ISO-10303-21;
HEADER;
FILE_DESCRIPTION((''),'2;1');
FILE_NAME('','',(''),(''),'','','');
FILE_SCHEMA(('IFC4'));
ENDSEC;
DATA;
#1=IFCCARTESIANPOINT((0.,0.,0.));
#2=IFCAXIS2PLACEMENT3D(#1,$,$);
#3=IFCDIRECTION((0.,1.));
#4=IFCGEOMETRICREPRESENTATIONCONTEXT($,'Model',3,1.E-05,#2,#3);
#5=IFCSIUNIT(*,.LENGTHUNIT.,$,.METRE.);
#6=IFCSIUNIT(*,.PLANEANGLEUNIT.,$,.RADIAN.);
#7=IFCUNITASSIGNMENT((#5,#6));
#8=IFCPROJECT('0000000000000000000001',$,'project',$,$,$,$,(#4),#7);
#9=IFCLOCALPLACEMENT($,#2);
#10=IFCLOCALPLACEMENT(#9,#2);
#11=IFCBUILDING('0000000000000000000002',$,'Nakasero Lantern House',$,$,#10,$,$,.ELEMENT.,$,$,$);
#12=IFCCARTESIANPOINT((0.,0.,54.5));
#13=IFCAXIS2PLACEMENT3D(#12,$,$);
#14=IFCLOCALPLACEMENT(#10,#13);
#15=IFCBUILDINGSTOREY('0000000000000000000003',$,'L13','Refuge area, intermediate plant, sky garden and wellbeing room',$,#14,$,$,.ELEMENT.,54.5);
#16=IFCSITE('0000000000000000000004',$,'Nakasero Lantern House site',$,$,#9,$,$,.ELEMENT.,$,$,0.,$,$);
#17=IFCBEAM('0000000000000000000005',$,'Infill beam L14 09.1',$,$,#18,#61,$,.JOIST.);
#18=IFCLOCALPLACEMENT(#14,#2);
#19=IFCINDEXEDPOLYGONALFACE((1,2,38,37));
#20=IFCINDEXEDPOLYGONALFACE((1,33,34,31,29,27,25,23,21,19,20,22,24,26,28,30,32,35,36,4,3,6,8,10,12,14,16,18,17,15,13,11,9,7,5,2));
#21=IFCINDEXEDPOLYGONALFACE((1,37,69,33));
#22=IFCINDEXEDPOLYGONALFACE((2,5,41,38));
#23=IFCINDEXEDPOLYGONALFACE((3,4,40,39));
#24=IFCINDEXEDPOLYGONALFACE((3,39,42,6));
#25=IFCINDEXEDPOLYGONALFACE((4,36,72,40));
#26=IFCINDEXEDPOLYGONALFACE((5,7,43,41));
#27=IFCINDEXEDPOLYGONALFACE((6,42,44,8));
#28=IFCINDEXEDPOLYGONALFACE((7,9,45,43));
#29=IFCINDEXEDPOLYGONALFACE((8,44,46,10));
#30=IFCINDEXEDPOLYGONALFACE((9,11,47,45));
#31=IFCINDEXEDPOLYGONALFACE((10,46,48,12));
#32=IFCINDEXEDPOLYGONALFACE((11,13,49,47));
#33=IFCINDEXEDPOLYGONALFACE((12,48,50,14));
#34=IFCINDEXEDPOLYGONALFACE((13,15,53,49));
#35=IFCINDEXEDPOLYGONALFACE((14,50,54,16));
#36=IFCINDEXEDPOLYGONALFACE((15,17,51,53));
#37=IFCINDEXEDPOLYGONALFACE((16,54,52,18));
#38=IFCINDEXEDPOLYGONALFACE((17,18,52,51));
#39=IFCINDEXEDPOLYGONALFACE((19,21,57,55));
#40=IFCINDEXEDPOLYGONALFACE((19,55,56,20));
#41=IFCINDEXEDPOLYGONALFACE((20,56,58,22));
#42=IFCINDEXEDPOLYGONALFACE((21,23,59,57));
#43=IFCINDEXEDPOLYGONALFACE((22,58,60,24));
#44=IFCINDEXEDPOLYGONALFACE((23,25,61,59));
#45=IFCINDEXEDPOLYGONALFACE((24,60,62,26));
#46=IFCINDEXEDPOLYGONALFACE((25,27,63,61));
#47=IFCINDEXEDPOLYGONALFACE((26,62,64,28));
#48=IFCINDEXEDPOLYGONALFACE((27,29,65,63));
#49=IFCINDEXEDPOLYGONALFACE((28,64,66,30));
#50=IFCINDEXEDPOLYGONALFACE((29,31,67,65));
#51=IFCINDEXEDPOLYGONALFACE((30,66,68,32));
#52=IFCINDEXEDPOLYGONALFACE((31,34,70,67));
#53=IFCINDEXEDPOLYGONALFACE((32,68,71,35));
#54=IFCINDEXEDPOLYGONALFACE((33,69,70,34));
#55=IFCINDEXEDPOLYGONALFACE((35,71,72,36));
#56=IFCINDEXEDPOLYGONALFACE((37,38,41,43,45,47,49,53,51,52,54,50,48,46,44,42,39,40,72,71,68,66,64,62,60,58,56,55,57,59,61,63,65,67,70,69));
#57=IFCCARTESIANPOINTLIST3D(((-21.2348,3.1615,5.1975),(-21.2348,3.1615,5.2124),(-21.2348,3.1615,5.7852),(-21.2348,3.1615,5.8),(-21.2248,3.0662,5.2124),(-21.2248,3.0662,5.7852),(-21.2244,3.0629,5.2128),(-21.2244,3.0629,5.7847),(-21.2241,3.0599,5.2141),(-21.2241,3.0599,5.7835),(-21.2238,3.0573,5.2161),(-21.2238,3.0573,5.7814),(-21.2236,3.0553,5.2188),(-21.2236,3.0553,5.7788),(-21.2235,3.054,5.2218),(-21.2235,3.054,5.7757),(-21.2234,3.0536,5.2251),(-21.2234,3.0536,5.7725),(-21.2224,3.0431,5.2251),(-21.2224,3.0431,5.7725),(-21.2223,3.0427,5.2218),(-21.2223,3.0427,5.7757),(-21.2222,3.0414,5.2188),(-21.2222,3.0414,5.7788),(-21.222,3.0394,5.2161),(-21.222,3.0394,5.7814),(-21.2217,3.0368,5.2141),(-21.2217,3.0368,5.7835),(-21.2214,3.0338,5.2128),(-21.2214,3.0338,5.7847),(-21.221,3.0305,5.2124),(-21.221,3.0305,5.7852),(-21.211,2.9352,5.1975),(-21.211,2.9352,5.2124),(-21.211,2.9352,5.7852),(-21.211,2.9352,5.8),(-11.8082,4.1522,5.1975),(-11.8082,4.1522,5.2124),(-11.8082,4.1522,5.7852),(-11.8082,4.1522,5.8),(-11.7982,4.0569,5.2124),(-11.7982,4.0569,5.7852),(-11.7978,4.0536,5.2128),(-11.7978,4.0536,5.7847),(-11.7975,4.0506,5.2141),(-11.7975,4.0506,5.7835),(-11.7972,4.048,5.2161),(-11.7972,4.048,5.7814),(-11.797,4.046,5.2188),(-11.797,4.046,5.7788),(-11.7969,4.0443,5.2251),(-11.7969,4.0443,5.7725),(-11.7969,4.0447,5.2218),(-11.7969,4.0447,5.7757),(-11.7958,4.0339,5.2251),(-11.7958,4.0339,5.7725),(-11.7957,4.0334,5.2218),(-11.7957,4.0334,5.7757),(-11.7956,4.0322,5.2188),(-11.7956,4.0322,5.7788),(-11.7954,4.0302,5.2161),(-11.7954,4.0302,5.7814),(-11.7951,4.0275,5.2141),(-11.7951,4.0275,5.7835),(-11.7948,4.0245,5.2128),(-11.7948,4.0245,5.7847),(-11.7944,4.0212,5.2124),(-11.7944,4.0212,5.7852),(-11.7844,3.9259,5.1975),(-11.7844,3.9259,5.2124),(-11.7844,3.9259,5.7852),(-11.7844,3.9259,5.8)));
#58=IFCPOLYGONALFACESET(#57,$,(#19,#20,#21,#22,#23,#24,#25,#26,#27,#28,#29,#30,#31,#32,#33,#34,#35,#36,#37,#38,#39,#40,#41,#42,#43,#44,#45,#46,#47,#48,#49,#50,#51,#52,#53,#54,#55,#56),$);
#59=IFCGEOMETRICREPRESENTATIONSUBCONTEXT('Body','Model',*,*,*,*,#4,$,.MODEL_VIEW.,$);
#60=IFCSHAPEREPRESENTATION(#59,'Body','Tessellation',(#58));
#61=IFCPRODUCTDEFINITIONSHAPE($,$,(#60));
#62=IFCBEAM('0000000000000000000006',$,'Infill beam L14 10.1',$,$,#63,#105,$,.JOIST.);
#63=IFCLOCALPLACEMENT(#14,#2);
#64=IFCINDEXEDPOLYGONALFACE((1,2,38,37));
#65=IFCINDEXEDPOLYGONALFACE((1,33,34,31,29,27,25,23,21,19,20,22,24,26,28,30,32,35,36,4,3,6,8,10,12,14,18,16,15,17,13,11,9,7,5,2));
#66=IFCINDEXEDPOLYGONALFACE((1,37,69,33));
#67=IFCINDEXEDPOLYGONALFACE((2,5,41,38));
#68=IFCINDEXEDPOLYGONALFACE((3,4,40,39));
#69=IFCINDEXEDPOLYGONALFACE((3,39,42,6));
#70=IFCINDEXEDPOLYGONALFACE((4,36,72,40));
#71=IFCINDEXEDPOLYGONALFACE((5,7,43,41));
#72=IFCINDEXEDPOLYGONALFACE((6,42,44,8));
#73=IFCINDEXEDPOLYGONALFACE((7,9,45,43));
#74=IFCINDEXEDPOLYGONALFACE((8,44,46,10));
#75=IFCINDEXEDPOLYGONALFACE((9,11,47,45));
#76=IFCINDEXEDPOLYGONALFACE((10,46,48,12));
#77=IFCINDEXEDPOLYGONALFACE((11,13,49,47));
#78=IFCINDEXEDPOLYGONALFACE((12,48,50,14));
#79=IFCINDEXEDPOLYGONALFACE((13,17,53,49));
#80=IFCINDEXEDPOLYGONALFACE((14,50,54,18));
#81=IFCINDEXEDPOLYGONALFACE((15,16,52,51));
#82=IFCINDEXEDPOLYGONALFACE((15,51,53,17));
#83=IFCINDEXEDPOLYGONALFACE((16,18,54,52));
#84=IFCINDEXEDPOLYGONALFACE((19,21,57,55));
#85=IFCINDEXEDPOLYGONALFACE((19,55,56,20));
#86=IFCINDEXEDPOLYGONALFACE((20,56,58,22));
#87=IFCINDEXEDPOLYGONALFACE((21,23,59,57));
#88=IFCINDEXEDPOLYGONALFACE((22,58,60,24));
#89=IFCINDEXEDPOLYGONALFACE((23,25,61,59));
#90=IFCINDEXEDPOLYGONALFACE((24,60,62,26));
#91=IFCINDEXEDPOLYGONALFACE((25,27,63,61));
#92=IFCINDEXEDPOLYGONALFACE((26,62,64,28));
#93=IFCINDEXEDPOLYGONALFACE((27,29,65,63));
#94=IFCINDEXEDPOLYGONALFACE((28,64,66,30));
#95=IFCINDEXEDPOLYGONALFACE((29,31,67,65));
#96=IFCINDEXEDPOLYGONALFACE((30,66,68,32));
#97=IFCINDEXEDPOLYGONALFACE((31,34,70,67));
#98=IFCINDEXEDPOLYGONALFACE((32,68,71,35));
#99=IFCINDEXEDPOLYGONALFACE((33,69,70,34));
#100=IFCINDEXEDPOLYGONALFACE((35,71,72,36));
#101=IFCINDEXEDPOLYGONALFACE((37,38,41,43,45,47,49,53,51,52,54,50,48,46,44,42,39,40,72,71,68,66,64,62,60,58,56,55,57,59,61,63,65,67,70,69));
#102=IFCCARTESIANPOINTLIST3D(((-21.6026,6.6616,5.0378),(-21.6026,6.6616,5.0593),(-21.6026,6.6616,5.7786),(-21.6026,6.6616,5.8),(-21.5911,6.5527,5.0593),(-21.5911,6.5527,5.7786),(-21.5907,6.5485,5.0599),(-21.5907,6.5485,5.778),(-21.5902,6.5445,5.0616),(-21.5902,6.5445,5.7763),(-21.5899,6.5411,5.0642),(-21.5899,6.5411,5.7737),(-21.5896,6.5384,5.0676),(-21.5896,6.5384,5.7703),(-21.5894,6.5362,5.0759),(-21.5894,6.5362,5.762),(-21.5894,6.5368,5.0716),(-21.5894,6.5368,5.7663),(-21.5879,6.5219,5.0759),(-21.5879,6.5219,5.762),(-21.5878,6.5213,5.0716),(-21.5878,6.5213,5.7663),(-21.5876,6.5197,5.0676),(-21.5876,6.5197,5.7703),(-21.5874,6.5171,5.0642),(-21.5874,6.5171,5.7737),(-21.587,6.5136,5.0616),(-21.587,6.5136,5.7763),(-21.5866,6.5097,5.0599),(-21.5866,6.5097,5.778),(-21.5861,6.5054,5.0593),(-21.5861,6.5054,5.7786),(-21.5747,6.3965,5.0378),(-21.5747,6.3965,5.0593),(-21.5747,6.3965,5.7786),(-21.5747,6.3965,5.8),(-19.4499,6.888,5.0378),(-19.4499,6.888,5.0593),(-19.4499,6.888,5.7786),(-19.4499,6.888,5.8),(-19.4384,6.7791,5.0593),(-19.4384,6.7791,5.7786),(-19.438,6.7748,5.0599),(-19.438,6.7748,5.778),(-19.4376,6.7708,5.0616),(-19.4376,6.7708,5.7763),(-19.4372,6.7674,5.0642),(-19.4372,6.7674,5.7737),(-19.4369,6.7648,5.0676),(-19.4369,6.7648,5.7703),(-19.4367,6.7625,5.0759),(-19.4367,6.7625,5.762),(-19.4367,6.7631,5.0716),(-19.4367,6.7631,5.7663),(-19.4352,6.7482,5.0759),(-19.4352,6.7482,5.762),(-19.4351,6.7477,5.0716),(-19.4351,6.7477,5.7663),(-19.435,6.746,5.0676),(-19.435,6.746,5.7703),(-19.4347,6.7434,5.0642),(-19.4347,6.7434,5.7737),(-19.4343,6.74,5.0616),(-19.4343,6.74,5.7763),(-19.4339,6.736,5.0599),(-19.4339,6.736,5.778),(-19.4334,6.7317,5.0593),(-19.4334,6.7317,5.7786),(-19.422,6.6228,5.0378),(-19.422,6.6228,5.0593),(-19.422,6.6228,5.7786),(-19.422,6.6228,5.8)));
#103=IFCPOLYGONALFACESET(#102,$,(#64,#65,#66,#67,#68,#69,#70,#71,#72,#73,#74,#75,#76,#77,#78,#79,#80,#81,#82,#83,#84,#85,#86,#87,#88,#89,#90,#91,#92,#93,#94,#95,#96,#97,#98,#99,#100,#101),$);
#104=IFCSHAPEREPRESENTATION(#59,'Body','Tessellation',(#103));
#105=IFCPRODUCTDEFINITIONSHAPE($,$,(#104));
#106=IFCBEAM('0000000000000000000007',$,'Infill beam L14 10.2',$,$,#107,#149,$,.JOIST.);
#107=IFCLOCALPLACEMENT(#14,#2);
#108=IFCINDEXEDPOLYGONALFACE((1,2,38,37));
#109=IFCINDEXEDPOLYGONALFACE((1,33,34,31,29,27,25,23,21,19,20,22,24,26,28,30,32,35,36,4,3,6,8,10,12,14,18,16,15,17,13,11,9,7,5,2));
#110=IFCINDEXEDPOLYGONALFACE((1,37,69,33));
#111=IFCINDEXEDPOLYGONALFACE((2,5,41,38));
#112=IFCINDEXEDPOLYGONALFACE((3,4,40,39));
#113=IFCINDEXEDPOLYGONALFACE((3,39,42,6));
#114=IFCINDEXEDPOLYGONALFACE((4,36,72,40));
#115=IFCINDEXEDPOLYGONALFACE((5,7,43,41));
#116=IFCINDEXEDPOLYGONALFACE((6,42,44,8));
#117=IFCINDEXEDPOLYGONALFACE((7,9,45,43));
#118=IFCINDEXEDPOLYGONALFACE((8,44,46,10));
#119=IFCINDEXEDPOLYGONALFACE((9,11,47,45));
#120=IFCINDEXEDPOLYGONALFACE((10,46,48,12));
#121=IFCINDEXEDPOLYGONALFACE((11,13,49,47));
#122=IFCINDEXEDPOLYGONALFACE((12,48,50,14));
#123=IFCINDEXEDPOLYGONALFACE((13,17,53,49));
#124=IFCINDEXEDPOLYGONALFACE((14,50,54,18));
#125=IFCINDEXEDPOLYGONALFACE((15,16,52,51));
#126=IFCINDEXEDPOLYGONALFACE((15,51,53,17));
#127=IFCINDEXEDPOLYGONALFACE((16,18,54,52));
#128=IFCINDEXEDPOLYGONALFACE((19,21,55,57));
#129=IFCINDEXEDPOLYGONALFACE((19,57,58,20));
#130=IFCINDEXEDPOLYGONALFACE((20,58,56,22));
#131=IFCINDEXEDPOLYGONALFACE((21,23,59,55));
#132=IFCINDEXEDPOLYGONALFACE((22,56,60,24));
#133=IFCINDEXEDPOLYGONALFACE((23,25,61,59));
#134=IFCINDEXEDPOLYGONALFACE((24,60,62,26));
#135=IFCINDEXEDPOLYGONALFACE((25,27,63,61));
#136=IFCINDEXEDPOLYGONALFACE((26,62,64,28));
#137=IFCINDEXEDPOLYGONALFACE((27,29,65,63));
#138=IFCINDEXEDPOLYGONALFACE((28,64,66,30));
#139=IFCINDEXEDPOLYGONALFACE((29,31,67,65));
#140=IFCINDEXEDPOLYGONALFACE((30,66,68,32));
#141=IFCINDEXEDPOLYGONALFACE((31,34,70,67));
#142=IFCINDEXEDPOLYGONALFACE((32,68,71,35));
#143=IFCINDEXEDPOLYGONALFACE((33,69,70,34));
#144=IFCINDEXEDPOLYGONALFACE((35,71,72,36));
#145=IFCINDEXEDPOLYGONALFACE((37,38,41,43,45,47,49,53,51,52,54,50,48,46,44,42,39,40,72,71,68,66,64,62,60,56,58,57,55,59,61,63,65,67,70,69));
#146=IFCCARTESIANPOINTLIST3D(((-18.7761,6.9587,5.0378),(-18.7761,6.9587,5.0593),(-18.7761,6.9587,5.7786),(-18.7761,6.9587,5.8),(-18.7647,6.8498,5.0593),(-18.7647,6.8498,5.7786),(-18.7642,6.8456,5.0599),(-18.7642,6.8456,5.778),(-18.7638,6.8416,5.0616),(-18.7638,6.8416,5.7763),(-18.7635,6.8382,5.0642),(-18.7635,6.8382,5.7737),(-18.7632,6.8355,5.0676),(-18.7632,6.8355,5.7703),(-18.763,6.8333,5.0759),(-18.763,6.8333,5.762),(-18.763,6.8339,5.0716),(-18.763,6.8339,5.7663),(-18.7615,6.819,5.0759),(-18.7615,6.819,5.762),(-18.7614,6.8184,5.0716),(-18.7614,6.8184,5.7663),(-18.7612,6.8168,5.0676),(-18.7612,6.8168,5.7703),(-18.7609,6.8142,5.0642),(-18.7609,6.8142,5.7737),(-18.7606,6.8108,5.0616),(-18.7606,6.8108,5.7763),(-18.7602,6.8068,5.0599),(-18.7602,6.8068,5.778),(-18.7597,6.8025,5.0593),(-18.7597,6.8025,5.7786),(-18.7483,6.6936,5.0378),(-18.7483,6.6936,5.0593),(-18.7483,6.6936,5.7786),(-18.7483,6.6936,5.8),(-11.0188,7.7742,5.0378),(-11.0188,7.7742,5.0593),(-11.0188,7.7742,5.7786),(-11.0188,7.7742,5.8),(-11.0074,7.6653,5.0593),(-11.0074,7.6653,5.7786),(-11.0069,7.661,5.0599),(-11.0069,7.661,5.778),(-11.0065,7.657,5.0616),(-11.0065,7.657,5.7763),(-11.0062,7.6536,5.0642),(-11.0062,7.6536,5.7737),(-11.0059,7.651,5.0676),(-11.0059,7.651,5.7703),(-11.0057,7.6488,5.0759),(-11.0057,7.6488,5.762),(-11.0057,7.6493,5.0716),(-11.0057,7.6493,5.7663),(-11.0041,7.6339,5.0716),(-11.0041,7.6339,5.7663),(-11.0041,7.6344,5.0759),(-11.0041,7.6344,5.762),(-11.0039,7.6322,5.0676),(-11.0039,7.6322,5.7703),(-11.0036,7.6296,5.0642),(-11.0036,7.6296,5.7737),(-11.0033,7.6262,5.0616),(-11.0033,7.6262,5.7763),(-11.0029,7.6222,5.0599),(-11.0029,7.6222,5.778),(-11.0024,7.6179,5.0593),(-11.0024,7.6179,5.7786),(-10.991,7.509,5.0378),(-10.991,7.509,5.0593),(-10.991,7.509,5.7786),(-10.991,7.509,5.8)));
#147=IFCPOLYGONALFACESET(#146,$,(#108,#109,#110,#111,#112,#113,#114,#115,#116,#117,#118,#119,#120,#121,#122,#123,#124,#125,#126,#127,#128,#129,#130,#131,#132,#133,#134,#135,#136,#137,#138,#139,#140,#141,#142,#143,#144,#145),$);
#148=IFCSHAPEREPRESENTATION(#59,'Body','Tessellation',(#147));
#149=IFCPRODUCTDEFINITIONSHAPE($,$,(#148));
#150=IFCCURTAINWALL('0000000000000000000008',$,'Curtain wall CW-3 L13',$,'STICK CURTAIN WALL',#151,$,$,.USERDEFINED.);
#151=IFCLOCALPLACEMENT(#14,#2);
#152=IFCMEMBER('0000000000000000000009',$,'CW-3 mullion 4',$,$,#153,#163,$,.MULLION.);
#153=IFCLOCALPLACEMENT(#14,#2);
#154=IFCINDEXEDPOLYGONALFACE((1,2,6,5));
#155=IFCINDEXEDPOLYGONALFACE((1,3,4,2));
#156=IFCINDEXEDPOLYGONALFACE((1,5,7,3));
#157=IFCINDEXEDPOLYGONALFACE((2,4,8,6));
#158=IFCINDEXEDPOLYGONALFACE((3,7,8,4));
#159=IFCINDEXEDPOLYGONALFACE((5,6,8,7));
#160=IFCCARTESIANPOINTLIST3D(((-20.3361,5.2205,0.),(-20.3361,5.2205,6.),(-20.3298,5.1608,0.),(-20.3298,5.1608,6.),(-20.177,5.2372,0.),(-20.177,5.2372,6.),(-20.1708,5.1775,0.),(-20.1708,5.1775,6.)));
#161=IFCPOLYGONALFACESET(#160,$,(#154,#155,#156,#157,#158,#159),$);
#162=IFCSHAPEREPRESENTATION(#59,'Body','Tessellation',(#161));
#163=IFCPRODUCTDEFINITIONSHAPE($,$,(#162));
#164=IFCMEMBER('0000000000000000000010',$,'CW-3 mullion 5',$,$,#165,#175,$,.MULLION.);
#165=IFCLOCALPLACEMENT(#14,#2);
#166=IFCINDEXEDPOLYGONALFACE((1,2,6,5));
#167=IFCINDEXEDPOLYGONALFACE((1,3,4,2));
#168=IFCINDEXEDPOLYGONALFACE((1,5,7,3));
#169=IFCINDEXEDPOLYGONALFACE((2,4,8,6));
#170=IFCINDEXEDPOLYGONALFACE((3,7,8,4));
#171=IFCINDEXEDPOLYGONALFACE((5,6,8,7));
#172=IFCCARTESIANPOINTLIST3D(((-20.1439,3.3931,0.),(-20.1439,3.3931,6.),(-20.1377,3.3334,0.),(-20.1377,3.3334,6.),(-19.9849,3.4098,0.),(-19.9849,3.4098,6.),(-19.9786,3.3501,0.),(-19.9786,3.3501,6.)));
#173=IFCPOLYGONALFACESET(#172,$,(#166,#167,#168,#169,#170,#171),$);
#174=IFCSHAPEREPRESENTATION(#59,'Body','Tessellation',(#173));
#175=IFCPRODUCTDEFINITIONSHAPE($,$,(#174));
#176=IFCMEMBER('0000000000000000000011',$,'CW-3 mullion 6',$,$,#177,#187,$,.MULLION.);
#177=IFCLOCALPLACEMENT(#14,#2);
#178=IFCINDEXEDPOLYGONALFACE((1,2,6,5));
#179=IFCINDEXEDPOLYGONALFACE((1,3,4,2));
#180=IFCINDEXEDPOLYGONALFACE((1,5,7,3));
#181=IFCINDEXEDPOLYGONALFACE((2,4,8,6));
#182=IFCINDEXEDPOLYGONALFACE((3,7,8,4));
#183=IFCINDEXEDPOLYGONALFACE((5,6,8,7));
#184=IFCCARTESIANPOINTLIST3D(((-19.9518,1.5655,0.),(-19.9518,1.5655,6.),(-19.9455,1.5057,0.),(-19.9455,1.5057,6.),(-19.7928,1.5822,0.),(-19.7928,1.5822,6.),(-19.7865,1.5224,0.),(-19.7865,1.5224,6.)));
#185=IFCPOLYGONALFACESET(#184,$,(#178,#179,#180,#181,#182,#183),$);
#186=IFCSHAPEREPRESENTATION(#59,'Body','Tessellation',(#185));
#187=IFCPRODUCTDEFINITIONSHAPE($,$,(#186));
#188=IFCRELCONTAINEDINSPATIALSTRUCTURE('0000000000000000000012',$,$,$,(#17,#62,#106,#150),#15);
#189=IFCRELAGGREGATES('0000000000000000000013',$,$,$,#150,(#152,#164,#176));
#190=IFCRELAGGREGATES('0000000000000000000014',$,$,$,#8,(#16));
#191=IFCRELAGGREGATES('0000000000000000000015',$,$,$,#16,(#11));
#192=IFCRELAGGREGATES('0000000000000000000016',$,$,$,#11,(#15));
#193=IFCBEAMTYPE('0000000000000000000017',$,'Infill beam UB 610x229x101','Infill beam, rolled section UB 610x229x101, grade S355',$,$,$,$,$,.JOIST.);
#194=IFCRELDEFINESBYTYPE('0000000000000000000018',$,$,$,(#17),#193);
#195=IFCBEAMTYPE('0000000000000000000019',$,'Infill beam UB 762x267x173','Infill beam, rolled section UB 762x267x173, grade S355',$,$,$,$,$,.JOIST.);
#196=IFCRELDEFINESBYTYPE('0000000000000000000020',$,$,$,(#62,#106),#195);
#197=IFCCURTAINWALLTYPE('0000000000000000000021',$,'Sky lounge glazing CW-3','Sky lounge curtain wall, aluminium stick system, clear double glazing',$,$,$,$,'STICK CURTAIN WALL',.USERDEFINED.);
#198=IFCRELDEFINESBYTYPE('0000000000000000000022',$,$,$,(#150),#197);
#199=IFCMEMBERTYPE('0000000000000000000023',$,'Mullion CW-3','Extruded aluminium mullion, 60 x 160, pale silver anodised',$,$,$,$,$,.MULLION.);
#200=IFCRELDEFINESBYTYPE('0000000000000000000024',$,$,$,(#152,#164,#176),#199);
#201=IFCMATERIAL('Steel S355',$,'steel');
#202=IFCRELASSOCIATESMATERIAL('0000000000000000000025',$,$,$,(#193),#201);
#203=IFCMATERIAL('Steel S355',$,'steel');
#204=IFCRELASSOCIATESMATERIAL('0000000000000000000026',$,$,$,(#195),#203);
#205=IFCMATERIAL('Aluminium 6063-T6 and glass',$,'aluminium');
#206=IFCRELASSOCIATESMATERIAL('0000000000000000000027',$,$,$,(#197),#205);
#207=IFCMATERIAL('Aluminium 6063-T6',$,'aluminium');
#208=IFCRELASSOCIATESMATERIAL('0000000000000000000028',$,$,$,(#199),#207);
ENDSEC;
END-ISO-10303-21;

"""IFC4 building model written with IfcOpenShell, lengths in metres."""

from ifc_helpers import new_model, si_unit, direction, frame, origin, origin_2d, place, context, subcontext, project, spatial, rectangle, i_section, extrude, material, material_profile, profile_set, type_object, element, aggregate, save


model = new_model("IFC4")

# Units and contexts
model_context = context("Model", 3, precision=1e-05, world=origin(), true_north=direction((0.0, 1.0)))
body_context = subcontext(model_context, "Body", "Model", "MODEL_VIEW")
ifc_project = project(units=[si_unit("LENGTHUNIT", "METRE"), si_unit("PLANEANGLEUNIT", "RADIAN")], contexts=[model_context])

# Site, building, storey
site_placement = place(None, origin())
site = spatial("IfcSite", under=ifc_project, at=site_placement, Name="Nakasero Lantern House site", CompositionType="ELEMENT", RefElevation=0.0)
building_placement = place(site_placement, origin())
building = spatial("IfcBuilding", under=site, at=building_placement, Name="Nakasero Lantern House", CompositionType="ELEMENT")
storey_placement = place(building_placement, frame((0.0, 0.0, 54.5)))
storey = spatial("IfcBuildingStorey", under=building, at=storey_placement, Name="L13", Description="Refuge area, intermediate plant, sky garden and wellbeing room", CompositionType="ELEMENT", Elevation=54.5)

# Beams
ifc_material_1 = material(Name="Steel S355", Category="steel")
ifc_material_profile_1 = material_profile(ifc_material_1, i_section(OverallWidth=0.2275, OverallDepth=0.6025, WebThickness=0.0105, FlangeThickness=0.0149, FilletRadius=0.0127, at=origin_2d()), Name="UB 610x229x101")
ifc_profile_set_1 = profile_set([ifc_material_profile_1], Name="Steel S355")
beam_type_1 = type_object("IfcBeamType", Name="Infill beam UB 610x229x101", Description="Infill beam, rolled section UB 610x229x101, grade S355", PredefinedType="JOIST", material=ifc_profile_set_1)
beam_1_placement = place(storey_placement, frame((-21.2229, 3.0483, 5.4988), z_axis=(0.994522, 0.104524, 0.0), x_axis=(-0.104524, 0.994522, 0.0)))
element("IfcBeam", 1, at=beam_1_placement, inside=storey, type_object=beam_type_1, Name="Infill beam L14 09.1", PredefinedType="JOIST", context=body_context, shape_type="SweptSolid", body=[
    extrude(i_section(OverallWidth=0.2275, OverallDepth=0.6025, WebThickness=0.0105, FlangeThickness=0.0149, FilletRadius=0.0127, at=origin_2d()), origin(), (0.0, 0.0, 1.0), 9.4785),
])
ifc_material_2 = material(Name="Steel S355", Category="steel")
ifc_material_profile_2 = material_profile(ifc_material_2, i_section(OverallWidth=0.2666, OverallDepth=0.7622, WebThickness=0.0144, FlangeThickness=0.0215, FilletRadius=0.0166, at=origin_2d()), Name="UB 762x267x173")
ifc_profile_set_2 = profile_set([ifc_material_profile_2], Name="Steel S355")
beam_type_2 = type_object("IfcBeamType", Name="Infill beam UB 762x267x173", Description="Infill beam, rolled section UB 762x267x173, grade S355", PredefinedType="JOIST", material=ifc_profile_set_2)
beam_2_placement = place(storey_placement, frame((-21.5886, 6.5291, 5.4189), z_axis=(0.994518, 0.104561, 0.0), x_axis=(-0.104561, 0.994518, 0.0)))
element("IfcBeam", 2, at=beam_2_placement, inside=storey, type_object=beam_type_2, Name="Infill beam L14 10.1", PredefinedType="JOIST", context=body_context, shape_type="SweptSolid", body=[
    extrude(i_section(OverallWidth=0.2666, OverallDepth=0.7622, WebThickness=0.0144, FlangeThickness=0.0215, FilletRadius=0.0166, at=origin_2d()), origin(), (0.0, 0.0, 1.0), 2.1646),
])
beam_3_placement = place(storey_placement, frame((-18.7622, 6.8262, 5.4189), z_axis=(0.994521, 0.104541, 0.0), x_axis=(-0.104541, 0.994521, 0.0)))
element("IfcBeam", 3, at=beam_3_placement, inside=storey, type_object=beam_type_2, Name="Infill beam L14 10.2", PredefinedType="JOIST", context=body_context, shape_type="SweptSolid", body=[
    extrude(i_section(OverallWidth=0.2666, OverallDepth=0.7622, WebThickness=0.0144, FlangeThickness=0.0215, FilletRadius=0.0166, at=origin_2d()), origin(), (0.0, 0.0, 1.0), 7.8),
])

# Curtain wall, members
ifc_material_3 = material(Name="Aluminium 6063-T6 and glass", Category="aluminium")
curtain_wall_type = type_object("IfcCurtainWallType", Name="Sky lounge glazing CW-3", Description="Sky lounge curtain wall, aluminium stick system, clear double glazing", ElementType="STICK CURTAIN WALL", PredefinedType="USERDEFINED", material=ifc_material_3)
curtain_wall_placement = place(storey_placement, origin())
curtain_wall = element("IfcCurtainWall", 4, at=curtain_wall_placement, inside=storey, type_object=curtain_wall_type, Name="Curtain wall CW-3 L13", ObjectType="STICK CURTAIN WALL", PredefinedType="USERDEFINED")
ifc_material_4 = material(Name="Aluminium 6063-T6", Category="aluminium")
ifc_material_profile_3 = material_profile(ifc_material_4, rectangle(XDim=0.0601, YDim=0.1599, at=origin_2d()), Name="CW-3 mullion 60x160")
ifc_profile_set_3 = profile_set([ifc_material_profile_3], Name="Aluminium 6063-T6")
member_type_1 = type_object("IfcMemberType", Name="Mullion CW-3", Description="Extruded aluminium mullion, 60 x 160, pale silver anodised", PredefinedType="MULLION", material=ifc_profile_set_3)
member_1_placement = place(storey_placement, frame((-20.2534, 5.199, 0.0), z_axis=(0.0, 0.0, 1.0), x_axis=(0.104528, -0.994522, 0.0)))
member_1 = element("IfcMember", 5, at=member_1_placement, type_object=member_type_1, Name="CW-3 mullion 4", PredefinedType="MULLION", context=body_context, shape_type="SweptSolid", body=[
    extrude(rectangle(XDim=0.0601, YDim=0.1599, at=origin_2d()), origin(), (0.0, 0.0, 1.0), 6.0),
])
member_2_placement = place(storey_placement, frame((-20.0613, 3.3716, 0.0), z_axis=(0.0, 0.0, 1.0), x_axis=(0.104528, -0.994522, 0.0)))
member_2 = element("IfcMember", 6, at=member_2_placement, type_object=member_type_1, Name="CW-3 mullion 5", PredefinedType="MULLION", context=body_context, shape_type="SweptSolid", body=[
    extrude(rectangle(XDim=0.0601, YDim=0.1599, at=origin_2d()), origin(), (0.0, 0.0, 1.0), 6.0),
])
member_3_placement = place(storey_placement, frame((-19.8691, 1.5439, 0.0), z_axis=(0.0, 0.0, 1.0), x_axis=(0.104528, -0.994522, 0.0)))
member_3 = element("IfcMember", 7, at=member_3_placement, type_object=member_type_1, Name="CW-3 mullion 6", PredefinedType="MULLION", context=body_context, shape_type="SweptSolid", body=[
    extrude(rectangle(XDim=0.0601, YDim=0.1599, at=origin_2d()), origin(), (0.0, 0.0, 1.0), 6.0),
])
aggregate(curtain_wall, [member_1, member_2, member_3])

save(model, "model.ifc")
